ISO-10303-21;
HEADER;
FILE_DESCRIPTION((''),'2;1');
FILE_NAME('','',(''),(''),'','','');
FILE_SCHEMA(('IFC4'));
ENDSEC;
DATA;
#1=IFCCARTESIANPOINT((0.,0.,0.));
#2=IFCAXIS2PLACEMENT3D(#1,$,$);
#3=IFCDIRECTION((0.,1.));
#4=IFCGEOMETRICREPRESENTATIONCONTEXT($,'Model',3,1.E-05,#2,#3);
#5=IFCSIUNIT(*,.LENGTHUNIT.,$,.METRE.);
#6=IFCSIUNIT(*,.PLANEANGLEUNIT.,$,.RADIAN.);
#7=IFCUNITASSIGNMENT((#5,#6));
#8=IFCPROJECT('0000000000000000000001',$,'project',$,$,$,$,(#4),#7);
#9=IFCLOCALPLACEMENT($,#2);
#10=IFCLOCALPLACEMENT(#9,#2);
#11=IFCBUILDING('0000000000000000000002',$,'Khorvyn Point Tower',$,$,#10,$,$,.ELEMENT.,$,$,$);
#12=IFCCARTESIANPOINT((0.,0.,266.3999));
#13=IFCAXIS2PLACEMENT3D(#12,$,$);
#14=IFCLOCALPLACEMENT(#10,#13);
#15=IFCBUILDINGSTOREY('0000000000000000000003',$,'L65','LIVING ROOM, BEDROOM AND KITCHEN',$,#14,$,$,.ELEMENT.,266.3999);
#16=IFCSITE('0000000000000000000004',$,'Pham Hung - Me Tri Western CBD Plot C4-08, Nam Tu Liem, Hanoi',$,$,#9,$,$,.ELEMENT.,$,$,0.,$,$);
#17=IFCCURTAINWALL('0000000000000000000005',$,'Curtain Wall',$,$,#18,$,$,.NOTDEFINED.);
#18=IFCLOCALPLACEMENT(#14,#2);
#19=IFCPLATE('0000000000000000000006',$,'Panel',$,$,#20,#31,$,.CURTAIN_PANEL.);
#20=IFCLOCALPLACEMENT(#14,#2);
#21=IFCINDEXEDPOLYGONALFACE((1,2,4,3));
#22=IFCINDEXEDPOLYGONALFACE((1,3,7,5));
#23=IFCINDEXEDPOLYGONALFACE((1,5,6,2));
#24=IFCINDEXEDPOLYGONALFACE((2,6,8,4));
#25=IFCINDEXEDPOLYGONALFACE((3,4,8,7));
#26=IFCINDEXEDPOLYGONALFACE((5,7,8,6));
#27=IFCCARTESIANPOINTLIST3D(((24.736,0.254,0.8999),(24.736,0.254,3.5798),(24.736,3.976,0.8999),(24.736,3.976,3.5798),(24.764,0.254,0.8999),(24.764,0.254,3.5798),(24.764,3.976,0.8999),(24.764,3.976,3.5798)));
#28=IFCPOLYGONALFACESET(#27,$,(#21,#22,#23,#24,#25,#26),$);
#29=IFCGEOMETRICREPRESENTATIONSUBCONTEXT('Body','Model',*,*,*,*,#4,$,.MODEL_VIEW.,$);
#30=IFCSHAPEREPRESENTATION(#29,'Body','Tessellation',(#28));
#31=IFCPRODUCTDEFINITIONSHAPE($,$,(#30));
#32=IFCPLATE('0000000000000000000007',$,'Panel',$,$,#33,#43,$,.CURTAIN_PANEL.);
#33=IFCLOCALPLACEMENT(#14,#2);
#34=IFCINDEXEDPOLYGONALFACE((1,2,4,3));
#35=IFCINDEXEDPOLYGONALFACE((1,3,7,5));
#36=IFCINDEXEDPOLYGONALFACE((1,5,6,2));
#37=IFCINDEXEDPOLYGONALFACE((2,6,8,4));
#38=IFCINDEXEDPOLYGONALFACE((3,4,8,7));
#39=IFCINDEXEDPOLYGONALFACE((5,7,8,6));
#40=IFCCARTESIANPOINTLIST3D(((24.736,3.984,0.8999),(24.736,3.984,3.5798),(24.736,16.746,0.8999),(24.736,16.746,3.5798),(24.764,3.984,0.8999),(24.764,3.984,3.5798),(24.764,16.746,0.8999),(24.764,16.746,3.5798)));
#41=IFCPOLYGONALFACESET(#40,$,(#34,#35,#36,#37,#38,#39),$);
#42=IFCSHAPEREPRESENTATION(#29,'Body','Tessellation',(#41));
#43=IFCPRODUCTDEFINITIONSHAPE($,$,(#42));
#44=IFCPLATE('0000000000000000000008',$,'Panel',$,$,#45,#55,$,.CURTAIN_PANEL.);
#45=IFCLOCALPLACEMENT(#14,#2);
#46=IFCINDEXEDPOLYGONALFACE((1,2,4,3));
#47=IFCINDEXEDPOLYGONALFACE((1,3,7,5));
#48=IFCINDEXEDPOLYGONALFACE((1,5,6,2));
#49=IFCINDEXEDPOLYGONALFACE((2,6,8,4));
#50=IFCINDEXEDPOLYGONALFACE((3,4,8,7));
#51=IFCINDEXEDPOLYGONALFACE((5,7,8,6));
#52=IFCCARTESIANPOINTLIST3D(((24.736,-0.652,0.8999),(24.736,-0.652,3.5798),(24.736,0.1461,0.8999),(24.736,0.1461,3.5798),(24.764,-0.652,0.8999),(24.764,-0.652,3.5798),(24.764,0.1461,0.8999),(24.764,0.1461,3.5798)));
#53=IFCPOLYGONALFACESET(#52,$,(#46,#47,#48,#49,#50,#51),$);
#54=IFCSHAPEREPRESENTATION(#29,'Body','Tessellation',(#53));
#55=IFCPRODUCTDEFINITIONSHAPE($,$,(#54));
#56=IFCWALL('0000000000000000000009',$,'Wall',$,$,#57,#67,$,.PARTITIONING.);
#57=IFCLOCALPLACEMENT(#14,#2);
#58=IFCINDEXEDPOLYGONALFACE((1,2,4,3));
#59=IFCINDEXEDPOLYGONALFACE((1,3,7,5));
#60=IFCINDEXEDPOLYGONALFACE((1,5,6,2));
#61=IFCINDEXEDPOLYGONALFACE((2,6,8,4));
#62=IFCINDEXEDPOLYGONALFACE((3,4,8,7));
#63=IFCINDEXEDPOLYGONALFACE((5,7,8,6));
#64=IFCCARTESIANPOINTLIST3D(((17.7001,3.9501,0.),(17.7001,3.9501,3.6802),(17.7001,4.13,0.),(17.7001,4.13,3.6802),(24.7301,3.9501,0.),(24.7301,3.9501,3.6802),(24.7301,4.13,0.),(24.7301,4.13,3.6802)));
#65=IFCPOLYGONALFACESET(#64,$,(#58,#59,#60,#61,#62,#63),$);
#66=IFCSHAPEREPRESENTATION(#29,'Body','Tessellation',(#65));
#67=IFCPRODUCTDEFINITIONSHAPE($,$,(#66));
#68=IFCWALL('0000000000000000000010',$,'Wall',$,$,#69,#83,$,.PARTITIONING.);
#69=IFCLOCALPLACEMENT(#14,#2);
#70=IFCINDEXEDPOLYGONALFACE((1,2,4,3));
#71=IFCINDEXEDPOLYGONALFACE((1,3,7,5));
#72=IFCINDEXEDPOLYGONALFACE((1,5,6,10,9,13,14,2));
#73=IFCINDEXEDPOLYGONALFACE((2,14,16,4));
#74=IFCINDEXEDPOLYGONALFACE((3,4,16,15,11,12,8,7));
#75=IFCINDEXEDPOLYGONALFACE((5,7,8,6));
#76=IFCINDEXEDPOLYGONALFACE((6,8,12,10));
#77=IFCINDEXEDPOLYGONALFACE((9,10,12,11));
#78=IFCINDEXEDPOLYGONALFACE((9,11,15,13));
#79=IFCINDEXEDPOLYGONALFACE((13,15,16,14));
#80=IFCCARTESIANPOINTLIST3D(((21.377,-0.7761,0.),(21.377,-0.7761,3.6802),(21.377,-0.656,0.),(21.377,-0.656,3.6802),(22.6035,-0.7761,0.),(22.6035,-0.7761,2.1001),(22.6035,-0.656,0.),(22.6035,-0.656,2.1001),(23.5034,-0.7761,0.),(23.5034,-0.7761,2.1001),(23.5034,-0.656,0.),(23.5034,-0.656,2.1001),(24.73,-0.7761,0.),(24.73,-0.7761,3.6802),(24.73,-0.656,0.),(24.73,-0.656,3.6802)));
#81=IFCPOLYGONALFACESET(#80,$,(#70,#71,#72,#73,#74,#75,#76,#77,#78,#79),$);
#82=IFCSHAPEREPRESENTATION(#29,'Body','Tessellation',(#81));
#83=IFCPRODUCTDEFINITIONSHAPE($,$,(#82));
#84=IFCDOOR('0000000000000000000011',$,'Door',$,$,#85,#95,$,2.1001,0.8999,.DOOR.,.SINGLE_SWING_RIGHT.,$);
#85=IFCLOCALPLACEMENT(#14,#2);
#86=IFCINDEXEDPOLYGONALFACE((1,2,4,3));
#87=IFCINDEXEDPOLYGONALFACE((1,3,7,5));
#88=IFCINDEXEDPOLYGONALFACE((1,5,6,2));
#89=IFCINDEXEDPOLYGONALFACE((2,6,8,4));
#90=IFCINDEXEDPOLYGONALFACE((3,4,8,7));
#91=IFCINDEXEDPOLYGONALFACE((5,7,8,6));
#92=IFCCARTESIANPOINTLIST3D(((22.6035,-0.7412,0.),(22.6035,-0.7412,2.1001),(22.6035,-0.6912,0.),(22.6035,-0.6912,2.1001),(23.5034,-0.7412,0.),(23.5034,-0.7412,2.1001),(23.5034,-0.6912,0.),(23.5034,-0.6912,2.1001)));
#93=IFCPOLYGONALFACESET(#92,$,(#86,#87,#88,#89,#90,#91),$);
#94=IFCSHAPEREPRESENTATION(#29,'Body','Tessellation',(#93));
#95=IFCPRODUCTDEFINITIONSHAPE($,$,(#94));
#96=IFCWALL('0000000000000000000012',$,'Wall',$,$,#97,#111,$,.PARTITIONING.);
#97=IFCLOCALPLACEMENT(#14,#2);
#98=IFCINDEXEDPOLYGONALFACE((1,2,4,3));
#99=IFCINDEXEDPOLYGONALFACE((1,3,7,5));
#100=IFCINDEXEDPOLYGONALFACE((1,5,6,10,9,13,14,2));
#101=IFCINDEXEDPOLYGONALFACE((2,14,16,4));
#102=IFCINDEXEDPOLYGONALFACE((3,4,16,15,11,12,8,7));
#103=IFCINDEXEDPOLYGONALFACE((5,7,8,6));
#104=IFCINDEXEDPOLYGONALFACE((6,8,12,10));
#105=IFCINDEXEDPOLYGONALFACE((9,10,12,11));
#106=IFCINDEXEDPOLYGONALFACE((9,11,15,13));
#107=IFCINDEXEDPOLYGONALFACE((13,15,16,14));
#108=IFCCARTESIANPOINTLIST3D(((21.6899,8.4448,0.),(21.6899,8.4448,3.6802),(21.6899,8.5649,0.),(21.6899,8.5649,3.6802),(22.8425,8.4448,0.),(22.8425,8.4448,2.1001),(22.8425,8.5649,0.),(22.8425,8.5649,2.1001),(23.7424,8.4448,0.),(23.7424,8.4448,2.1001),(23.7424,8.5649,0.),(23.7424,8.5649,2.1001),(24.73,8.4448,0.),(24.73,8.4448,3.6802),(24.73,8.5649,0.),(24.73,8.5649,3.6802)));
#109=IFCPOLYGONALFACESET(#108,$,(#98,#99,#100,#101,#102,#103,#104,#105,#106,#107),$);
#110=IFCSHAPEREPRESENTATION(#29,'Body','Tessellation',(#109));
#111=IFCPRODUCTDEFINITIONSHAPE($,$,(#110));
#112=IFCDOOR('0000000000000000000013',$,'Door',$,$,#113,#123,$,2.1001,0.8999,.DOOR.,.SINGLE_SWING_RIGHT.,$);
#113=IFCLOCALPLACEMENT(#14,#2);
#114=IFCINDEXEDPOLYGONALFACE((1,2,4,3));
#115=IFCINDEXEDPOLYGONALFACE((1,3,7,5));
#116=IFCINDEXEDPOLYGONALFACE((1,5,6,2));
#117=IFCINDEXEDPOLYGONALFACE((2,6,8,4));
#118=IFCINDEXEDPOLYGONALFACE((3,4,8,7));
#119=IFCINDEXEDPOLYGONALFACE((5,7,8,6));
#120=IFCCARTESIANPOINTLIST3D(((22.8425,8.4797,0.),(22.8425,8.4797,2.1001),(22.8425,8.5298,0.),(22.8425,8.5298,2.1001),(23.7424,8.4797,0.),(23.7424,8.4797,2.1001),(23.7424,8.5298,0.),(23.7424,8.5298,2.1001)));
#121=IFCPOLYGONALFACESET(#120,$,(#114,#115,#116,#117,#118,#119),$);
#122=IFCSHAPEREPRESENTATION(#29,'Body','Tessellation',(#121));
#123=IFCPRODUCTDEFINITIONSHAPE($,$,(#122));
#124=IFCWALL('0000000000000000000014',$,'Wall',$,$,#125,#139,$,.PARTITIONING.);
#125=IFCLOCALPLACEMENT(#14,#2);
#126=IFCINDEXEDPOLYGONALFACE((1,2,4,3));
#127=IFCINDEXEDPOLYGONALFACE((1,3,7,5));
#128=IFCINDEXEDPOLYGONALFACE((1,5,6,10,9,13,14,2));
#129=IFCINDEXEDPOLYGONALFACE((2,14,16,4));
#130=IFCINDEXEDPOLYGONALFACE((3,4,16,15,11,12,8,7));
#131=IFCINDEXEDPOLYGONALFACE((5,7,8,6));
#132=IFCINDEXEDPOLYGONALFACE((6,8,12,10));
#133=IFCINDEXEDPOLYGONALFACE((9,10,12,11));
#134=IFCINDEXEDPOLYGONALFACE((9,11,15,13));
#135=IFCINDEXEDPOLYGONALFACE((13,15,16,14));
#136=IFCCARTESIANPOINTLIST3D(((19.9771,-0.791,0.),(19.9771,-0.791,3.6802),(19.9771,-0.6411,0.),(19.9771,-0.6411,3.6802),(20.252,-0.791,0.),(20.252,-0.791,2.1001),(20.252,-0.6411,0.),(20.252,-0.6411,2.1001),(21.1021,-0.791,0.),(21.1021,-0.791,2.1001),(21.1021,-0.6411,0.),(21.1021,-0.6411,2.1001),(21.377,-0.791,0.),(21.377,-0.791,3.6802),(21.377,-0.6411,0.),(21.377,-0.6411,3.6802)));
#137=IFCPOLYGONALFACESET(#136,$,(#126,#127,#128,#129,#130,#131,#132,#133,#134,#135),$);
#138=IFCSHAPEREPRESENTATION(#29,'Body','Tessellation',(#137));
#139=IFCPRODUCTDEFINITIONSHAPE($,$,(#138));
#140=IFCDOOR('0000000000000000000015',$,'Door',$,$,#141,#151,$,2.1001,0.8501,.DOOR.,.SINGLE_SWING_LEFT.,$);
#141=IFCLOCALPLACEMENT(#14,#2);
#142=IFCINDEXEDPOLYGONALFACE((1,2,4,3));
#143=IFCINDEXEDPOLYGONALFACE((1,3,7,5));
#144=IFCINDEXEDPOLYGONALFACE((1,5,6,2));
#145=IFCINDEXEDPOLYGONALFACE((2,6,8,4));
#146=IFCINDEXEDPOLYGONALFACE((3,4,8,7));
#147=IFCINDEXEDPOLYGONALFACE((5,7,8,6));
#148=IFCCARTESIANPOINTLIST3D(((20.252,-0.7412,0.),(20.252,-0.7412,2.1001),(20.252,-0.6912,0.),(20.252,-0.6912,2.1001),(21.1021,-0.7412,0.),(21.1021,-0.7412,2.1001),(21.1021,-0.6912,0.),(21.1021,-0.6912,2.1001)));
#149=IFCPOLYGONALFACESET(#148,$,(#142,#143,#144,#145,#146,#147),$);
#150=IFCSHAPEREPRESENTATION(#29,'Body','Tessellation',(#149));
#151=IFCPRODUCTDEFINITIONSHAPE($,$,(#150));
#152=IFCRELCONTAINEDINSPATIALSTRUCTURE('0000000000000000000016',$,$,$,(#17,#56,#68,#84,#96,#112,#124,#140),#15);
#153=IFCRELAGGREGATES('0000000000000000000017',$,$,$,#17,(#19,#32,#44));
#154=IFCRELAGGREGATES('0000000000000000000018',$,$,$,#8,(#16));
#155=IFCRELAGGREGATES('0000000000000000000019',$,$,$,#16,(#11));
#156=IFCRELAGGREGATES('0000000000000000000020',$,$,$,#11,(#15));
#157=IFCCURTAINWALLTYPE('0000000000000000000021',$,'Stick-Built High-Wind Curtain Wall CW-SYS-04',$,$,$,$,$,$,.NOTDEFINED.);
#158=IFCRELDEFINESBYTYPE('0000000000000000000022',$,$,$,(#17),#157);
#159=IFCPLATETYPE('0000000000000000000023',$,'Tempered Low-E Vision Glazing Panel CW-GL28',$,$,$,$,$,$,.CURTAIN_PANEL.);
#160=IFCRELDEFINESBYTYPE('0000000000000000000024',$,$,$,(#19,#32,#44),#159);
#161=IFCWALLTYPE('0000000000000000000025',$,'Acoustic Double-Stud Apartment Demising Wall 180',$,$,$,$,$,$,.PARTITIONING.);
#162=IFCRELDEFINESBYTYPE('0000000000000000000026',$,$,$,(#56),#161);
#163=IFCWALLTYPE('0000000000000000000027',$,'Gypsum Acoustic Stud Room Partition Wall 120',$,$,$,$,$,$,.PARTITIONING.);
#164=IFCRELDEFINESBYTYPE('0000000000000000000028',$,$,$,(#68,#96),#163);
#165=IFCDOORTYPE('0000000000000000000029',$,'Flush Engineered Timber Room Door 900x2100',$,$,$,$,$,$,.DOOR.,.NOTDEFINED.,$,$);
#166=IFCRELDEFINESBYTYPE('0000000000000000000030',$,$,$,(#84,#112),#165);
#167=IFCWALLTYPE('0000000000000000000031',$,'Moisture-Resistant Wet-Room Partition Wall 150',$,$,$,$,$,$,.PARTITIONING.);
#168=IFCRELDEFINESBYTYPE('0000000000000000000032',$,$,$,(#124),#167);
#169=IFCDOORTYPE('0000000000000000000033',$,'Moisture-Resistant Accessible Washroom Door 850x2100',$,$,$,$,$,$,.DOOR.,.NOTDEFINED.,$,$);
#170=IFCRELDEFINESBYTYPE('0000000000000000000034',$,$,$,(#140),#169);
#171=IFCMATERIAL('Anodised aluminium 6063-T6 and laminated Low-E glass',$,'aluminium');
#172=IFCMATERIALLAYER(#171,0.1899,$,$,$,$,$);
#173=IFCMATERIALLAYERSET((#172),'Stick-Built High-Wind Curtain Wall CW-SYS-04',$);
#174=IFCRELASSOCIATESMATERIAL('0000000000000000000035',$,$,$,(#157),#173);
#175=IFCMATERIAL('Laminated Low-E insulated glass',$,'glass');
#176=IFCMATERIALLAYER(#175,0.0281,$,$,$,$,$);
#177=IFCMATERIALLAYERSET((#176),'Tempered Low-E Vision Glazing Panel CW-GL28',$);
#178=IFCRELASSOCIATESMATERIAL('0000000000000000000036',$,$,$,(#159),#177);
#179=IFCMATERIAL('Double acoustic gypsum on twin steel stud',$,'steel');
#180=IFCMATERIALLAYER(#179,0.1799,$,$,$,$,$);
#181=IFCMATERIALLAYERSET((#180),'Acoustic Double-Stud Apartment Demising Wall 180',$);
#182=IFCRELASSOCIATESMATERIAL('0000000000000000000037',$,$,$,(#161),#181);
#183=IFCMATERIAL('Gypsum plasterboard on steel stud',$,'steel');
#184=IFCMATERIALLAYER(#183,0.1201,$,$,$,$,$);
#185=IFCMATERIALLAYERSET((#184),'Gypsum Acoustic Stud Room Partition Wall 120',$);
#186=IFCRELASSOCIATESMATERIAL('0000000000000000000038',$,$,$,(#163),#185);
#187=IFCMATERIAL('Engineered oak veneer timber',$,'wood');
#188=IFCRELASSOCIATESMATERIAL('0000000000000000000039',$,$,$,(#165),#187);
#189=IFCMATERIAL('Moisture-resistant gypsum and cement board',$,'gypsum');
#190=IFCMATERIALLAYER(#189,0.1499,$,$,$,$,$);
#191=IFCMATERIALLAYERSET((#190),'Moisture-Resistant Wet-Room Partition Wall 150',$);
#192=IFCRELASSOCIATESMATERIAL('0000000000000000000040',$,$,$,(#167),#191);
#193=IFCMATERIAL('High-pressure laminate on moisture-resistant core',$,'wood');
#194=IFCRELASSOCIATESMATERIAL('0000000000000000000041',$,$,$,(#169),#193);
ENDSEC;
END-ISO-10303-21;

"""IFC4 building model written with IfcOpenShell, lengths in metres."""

from ifc_helpers import new_model, si_unit, direction, frame, frame_2d, origin, origin_2d, place, context, subcontext, project, spatial, rectangle, extrude, material, layer, layer_set, type_object, element, fill, aggregate, save


model = new_model("IFC4")

# Units and contexts
model_context = context("Model", 3, precision=1e-05, world=origin(), true_north=direction((0.0, 1.0)))
body_context = subcontext(model_context, "Body", "Model", "MODEL_VIEW")
ifc_project = project(units=[si_unit("LENGTHUNIT", "METRE"), si_unit("PLANEANGLEUNIT", "RADIAN")], contexts=[model_context])

# Site, building, storey
site_placement = place(None, origin())
site = spatial("IfcSite", under=ifc_project, at=site_placement, Name="Pham Hung - Me Tri Western CBD Plot C4-08, Nam Tu Liem, Hanoi", CompositionType="ELEMENT", RefElevation=0.0)
building_placement = place(site_placement, origin())
building = spatial("IfcBuilding", under=site, at=building_placement, Name="Khorvyn Point Tower", CompositionType="ELEMENT")
storey_placement = place(building_placement, frame((0.0, 0.0, 266.3999)))
storey = spatial("IfcBuildingStorey", under=building, at=storey_placement, Name="L65", Description="LIVING ROOM, BEDROOM AND KITCHEN", CompositionType="ELEMENT", Elevation=266.3999)

# Curtain wall
ifc_material_1 = material(Name="Anodised aluminium 6063-T6 and laminated Low-E glass", Category="aluminium")
ifc_layer_1 = layer(ifc_material_1, 0.1899)
ifc_layer_set_1 = layer_set([ifc_layer_1], Name="Stick-Built High-Wind Curtain Wall CW-SYS-04")
curtain_wall_type = type_object("IfcCurtainWallType", Name="Stick-Built High-Wind Curtain Wall CW-SYS-04", PredefinedType="NOTDEFINED", material=ifc_layer_set_1)
curtain_wall_placement = place(storey_placement, origin())
curtain_wall = element("IfcCurtainWall", 1, at=curtain_wall_placement, inside=storey, type_object=curtain_wall_type, Name="Curtain Wall", PredefinedType="NOTDEFINED")

# Plates
ifc_material_2 = material(Name="Laminated Low-E insulated glass", Category="glass")
ifc_layer_2 = layer(ifc_material_2, 0.0281)
ifc_layer_set_2 = layer_set([ifc_layer_2], Name="Tempered Low-E Vision Glazing Panel CW-GL28")
plate_type_1 = type_object("IfcPlateType", Name="Tempered Low-E Vision Glazing Panel CW-GL28", PredefinedType="CURTAIN_PANEL", material=ifc_layer_set_2)
plate_1_placement = place(storey_placement, frame((24.75, 2.115, 0.8999), z_axis=(0.0, 0.0, 1.0), x_axis=(0.0, -1.0, 0.0)))
plate_1 = element("IfcPlate", 2, at=plate_1_placement, type_object=plate_type_1, Name="Panel", PredefinedType="CURTAIN_PANEL", context=body_context, shape_type="SweptSolid", body=[
    extrude(rectangle(XDim=3.7219, YDim=0.0281, at=origin_2d()), origin(), (0.0, 0.0, 1.0), 2.6799),
])
plate_2_placement = place(storey_placement, frame((24.75, 10.365, 0.8999), z_axis=(0.0, 0.0, 1.0), x_axis=(0.0, -1.0, 0.0)))
plate_2 = element("IfcPlate", 3, at=plate_2_placement, type_object=plate_type_1, Name="Panel", PredefinedType="CURTAIN_PANEL", context=body_context, shape_type="SweptSolid", body=[
    extrude(rectangle(XDim=12.762, YDim=0.0281, at=origin_2d()), origin(), (0.0, 0.0, 1.0), 2.6799),
])
plate_3_placement = place(storey_placement, frame((24.75, -0.2529, 0.8999), z_axis=(0.0, 0.0, 1.0), x_axis=(0.0, -1.0, 0.0)))
plate_3 = element("IfcPlate", 4, at=plate_3_placement, type_object=plate_type_1, Name="Panel", PredefinedType="CURTAIN_PANEL", context=body_context, shape_type="SweptSolid", body=[
    extrude(rectangle(XDim=0.7981, YDim=0.0281, at=origin_2d()), origin(), (0.0, 0.0, 1.0), 2.6799),
])
aggregate(curtain_wall, [plate_1, plate_2, plate_3])

# Wall
ifc_material_3 = material(Name="Double acoustic gypsum on twin steel stud", Category="steel")
ifc_layer_3 = layer(ifc_material_3, 0.1799)
ifc_layer_set_3 = layer_set([ifc_layer_3], Name="Acoustic Double-Stud Apartment Demising Wall 180")
wall_type_1 = type_object("IfcWallType", Name="Acoustic Double-Stud Apartment Demising Wall 180", PredefinedType="PARTITIONING", material=ifc_layer_set_3)
wall_1_placement = place(storey_placement, frame((17.7, 4.04, 0.0), z_axis=(0.0, 0.0, 1.0), x_axis=(1.0, 0.0, 0.0)))
element("IfcWall", 5, at=wall_1_placement, inside=storey, type_object=wall_type_1, Name="Wall", PredefinedType="PARTITIONING", context=body_context, shape_type="SweptSolid", body=[
    extrude(rectangle(XDim=7.03, YDim=0.1799, at=frame_2d((3.5151, 0.0))), origin(), (0.0, 0.0, 1.0), 3.6802),
])

# Walls, openings, doors
ifc_material_4 = material(Name="Gypsum plasterboard on steel stud", Category="steel")
ifc_layer_4 = layer(ifc_material_4, 0.1201)
ifc_layer_set_4 = layer_set([ifc_layer_4], Name="Gypsum Acoustic Stud Room Partition Wall 120")
wall_type_2 = type_object("IfcWallType", Name="Gypsum Acoustic Stud Room Partition Wall 120", PredefinedType="PARTITIONING", material=ifc_layer_set_4)
wall_2_placement = place(storey_placement, frame((21.377, -0.7161, 0.0), z_axis=(0.0, 0.0, 1.0), x_axis=(1.0, 0.0, 0.0)))
wall_2 = element("IfcWall", 6, at=wall_2_placement, inside=storey, type_object=wall_type_2, Name="Wall", PredefinedType="PARTITIONING", context=body_context, shape_type="SweptSolid", body=[
    extrude(rectangle(XDim=3.353, YDim=0.1201, at=frame_2d((1.6765, 0.0))), origin(), (0.0, 0.0, 1.0), 3.6802),
])
opening_1_placement = place(wall_2_placement, frame((1.2266, 0.0, 0.0)))
opening_1 = element("IfcOpeningElement", 7, at=opening_1_placement, cuts=wall_2, PredefinedType="OPENING", context=body_context, shape_type="SweptSolid", body=[
    extrude(rectangle(XDim=0.8999, YDim=2.1001, at=frame_2d((0.45, 1.05))), frame((0.0, 0.0701, 0.0), z_axis=(0.0, -1.0, 0.0), x_axis=(1.0, 0.0, 0.0)), (0.0, 0.0, 1.0), 0.1401),
])
ifc_material_5 = material(Name="Engineered oak veneer timber", Category="wood")
door_type_1 = type_object("IfcDoorType", Name="Flush Engineered Timber Room Door 900x2100", OperationType="NOTDEFINED", PredefinedType="DOOR", material=ifc_material_5)
door_1_placement = place(opening_1_placement, origin())
door_1 = element("IfcDoor", 8, at=door_1_placement, inside=storey, type_object=door_type_1, Name="Door", OperationType="SINGLE_SWING_RIGHT", OverallHeight=2.1001, OverallWidth=0.8999, PredefinedType="DOOR", context=body_context, shape_type="SweptSolid", body=[
    extrude(rectangle(XDim=0.8999, YDim=2.1001, at=frame_2d((0.45, 1.05))), frame((0.0, 0.0249, 0.0), z_axis=(0.0, -1.0, 0.0), x_axis=(1.0, 0.0, 0.0)), (0.0, 0.0, 1.0), 0.05),
])
fill(opening_1, door_1)
wall_3_placement = place(storey_placement, frame((21.6899, 8.5049, 0.0), z_axis=(0.0, 0.0, 1.0), x_axis=(1.0, 0.0, 0.0)))
wall_3 = element("IfcWall", 9, at=wall_3_placement, inside=storey, type_object=wall_type_2, Name="Wall", PredefinedType="PARTITIONING", context=body_context, shape_type="SweptSolid", body=[
    extrude(rectangle(XDim=3.04, YDim=0.1201, at=frame_2d((1.52, 0.0))), origin(), (0.0, 0.0, 1.0), 3.6802),
])
opening_2_placement = place(wall_3_placement, frame((1.1526, 0.0, 0.0)))
opening_2 = element("IfcOpeningElement", 10, at=opening_2_placement, cuts=wall_3, PredefinedType="OPENING", context=body_context, shape_type="SweptSolid", body=[
    extrude(rectangle(XDim=0.8999, YDim=2.1001, at=frame_2d((0.45, 1.05))), frame((0.0, 0.0701, 0.0), z_axis=(0.0, -1.0, 0.0), x_axis=(1.0, 0.0, 0.0)), (0.0, 0.0, 1.0), 0.1401),
])
door_2_placement = place(opening_2_placement, origin())
door_2 = element("IfcDoor", 11, at=door_2_placement, inside=storey, type_object=door_type_1, Name="Door", OperationType="SINGLE_SWING_RIGHT", OverallHeight=2.1001, OverallWidth=0.8999, PredefinedType="DOOR", context=body_context, shape_type="SweptSolid", body=[
    extrude(rectangle(XDim=0.8999, YDim=2.1001, at=frame_2d((0.45, 1.05))), frame((0.0, 0.0249, 0.0), z_axis=(0.0, -1.0, 0.0), x_axis=(1.0, 0.0, 0.0)), (0.0, 0.0, 1.0), 0.05),
])
fill(opening_2, door_2)
ifc_material_6 = material(Name="Moisture-resistant gypsum and cement board", Category="gypsum")
ifc_layer_5 = layer(ifc_material_6, 0.1499)
ifc_layer_set_5 = layer_set([ifc_layer_5], Name="Moisture-Resistant Wet-Room Partition Wall 150")
wall_type_3 = type_object("IfcWallType", Name="Moisture-Resistant Wet-Room Partition Wall 150", PredefinedType="PARTITIONING", material=ifc_layer_set_5)
wall_4_placement = place(storey_placement, frame((19.9771, -0.7161, 0.0), z_axis=(0.0, 0.0, 1.0), x_axis=(1.0, 0.0, 0.0)))
wall_4 = element("IfcWall", 12, at=wall_4_placement, inside=storey, type_object=wall_type_3, Name="Wall", PredefinedType="PARTITIONING", context=body_context, shape_type="SweptSolid", body=[
    extrude(rectangle(XDim=1.3999, YDim=0.1499, at=frame_2d((0.7, 0.0))), origin(), (0.0, 0.0, 1.0), 3.6802),
])
opening_3_placement = place(wall_4_placement, frame((0.2749, 0.0, 0.0)))
opening_3 = element("IfcOpeningElement", 13, at=opening_3_placement, cuts=wall_4, PredefinedType="OPENING", context=body_context, shape_type="SweptSolid", body=[
    extrude(rectangle(XDim=0.8501, YDim=2.1001, at=frame_2d((0.425, 1.05))), frame((0.0, 0.085, 0.0), z_axis=(0.0, -1.0, 0.0), x_axis=(1.0, 0.0, 0.0)), (0.0, 0.0, 1.0), 0.1699),
])
ifc_material_7 = material(Name="High-pressure laminate on moisture-resistant core", Category="wood")
door_type_2 = type_object("IfcDoorType", Name="Moisture-Resistant Accessible Washroom Door 850x2100", OperationType="NOTDEFINED", PredefinedType="DOOR", material=ifc_material_7)
door_3_placement = place(opening_3_placement, origin())
door_3 = element("IfcDoor", 14, at=door_3_placement, inside=storey, type_object=door_type_2, Name="Door", OperationType="SINGLE_SWING_LEFT", OverallHeight=2.1001, OverallWidth=0.8501, PredefinedType="DOOR", context=body_context, shape_type="SweptSolid", body=[
    extrude(rectangle(XDim=0.8501, YDim=2.1001, at=frame_2d((0.425, 1.05))), frame((0.0, 0.0249, 0.0), z_axis=(0.0, -1.0, 0.0), x_axis=(1.0, 0.0, 0.0)), (0.0, 0.0, 1.0), 0.05),
])
fill(opening_3, door_3)

save(model, "model.ifc")
